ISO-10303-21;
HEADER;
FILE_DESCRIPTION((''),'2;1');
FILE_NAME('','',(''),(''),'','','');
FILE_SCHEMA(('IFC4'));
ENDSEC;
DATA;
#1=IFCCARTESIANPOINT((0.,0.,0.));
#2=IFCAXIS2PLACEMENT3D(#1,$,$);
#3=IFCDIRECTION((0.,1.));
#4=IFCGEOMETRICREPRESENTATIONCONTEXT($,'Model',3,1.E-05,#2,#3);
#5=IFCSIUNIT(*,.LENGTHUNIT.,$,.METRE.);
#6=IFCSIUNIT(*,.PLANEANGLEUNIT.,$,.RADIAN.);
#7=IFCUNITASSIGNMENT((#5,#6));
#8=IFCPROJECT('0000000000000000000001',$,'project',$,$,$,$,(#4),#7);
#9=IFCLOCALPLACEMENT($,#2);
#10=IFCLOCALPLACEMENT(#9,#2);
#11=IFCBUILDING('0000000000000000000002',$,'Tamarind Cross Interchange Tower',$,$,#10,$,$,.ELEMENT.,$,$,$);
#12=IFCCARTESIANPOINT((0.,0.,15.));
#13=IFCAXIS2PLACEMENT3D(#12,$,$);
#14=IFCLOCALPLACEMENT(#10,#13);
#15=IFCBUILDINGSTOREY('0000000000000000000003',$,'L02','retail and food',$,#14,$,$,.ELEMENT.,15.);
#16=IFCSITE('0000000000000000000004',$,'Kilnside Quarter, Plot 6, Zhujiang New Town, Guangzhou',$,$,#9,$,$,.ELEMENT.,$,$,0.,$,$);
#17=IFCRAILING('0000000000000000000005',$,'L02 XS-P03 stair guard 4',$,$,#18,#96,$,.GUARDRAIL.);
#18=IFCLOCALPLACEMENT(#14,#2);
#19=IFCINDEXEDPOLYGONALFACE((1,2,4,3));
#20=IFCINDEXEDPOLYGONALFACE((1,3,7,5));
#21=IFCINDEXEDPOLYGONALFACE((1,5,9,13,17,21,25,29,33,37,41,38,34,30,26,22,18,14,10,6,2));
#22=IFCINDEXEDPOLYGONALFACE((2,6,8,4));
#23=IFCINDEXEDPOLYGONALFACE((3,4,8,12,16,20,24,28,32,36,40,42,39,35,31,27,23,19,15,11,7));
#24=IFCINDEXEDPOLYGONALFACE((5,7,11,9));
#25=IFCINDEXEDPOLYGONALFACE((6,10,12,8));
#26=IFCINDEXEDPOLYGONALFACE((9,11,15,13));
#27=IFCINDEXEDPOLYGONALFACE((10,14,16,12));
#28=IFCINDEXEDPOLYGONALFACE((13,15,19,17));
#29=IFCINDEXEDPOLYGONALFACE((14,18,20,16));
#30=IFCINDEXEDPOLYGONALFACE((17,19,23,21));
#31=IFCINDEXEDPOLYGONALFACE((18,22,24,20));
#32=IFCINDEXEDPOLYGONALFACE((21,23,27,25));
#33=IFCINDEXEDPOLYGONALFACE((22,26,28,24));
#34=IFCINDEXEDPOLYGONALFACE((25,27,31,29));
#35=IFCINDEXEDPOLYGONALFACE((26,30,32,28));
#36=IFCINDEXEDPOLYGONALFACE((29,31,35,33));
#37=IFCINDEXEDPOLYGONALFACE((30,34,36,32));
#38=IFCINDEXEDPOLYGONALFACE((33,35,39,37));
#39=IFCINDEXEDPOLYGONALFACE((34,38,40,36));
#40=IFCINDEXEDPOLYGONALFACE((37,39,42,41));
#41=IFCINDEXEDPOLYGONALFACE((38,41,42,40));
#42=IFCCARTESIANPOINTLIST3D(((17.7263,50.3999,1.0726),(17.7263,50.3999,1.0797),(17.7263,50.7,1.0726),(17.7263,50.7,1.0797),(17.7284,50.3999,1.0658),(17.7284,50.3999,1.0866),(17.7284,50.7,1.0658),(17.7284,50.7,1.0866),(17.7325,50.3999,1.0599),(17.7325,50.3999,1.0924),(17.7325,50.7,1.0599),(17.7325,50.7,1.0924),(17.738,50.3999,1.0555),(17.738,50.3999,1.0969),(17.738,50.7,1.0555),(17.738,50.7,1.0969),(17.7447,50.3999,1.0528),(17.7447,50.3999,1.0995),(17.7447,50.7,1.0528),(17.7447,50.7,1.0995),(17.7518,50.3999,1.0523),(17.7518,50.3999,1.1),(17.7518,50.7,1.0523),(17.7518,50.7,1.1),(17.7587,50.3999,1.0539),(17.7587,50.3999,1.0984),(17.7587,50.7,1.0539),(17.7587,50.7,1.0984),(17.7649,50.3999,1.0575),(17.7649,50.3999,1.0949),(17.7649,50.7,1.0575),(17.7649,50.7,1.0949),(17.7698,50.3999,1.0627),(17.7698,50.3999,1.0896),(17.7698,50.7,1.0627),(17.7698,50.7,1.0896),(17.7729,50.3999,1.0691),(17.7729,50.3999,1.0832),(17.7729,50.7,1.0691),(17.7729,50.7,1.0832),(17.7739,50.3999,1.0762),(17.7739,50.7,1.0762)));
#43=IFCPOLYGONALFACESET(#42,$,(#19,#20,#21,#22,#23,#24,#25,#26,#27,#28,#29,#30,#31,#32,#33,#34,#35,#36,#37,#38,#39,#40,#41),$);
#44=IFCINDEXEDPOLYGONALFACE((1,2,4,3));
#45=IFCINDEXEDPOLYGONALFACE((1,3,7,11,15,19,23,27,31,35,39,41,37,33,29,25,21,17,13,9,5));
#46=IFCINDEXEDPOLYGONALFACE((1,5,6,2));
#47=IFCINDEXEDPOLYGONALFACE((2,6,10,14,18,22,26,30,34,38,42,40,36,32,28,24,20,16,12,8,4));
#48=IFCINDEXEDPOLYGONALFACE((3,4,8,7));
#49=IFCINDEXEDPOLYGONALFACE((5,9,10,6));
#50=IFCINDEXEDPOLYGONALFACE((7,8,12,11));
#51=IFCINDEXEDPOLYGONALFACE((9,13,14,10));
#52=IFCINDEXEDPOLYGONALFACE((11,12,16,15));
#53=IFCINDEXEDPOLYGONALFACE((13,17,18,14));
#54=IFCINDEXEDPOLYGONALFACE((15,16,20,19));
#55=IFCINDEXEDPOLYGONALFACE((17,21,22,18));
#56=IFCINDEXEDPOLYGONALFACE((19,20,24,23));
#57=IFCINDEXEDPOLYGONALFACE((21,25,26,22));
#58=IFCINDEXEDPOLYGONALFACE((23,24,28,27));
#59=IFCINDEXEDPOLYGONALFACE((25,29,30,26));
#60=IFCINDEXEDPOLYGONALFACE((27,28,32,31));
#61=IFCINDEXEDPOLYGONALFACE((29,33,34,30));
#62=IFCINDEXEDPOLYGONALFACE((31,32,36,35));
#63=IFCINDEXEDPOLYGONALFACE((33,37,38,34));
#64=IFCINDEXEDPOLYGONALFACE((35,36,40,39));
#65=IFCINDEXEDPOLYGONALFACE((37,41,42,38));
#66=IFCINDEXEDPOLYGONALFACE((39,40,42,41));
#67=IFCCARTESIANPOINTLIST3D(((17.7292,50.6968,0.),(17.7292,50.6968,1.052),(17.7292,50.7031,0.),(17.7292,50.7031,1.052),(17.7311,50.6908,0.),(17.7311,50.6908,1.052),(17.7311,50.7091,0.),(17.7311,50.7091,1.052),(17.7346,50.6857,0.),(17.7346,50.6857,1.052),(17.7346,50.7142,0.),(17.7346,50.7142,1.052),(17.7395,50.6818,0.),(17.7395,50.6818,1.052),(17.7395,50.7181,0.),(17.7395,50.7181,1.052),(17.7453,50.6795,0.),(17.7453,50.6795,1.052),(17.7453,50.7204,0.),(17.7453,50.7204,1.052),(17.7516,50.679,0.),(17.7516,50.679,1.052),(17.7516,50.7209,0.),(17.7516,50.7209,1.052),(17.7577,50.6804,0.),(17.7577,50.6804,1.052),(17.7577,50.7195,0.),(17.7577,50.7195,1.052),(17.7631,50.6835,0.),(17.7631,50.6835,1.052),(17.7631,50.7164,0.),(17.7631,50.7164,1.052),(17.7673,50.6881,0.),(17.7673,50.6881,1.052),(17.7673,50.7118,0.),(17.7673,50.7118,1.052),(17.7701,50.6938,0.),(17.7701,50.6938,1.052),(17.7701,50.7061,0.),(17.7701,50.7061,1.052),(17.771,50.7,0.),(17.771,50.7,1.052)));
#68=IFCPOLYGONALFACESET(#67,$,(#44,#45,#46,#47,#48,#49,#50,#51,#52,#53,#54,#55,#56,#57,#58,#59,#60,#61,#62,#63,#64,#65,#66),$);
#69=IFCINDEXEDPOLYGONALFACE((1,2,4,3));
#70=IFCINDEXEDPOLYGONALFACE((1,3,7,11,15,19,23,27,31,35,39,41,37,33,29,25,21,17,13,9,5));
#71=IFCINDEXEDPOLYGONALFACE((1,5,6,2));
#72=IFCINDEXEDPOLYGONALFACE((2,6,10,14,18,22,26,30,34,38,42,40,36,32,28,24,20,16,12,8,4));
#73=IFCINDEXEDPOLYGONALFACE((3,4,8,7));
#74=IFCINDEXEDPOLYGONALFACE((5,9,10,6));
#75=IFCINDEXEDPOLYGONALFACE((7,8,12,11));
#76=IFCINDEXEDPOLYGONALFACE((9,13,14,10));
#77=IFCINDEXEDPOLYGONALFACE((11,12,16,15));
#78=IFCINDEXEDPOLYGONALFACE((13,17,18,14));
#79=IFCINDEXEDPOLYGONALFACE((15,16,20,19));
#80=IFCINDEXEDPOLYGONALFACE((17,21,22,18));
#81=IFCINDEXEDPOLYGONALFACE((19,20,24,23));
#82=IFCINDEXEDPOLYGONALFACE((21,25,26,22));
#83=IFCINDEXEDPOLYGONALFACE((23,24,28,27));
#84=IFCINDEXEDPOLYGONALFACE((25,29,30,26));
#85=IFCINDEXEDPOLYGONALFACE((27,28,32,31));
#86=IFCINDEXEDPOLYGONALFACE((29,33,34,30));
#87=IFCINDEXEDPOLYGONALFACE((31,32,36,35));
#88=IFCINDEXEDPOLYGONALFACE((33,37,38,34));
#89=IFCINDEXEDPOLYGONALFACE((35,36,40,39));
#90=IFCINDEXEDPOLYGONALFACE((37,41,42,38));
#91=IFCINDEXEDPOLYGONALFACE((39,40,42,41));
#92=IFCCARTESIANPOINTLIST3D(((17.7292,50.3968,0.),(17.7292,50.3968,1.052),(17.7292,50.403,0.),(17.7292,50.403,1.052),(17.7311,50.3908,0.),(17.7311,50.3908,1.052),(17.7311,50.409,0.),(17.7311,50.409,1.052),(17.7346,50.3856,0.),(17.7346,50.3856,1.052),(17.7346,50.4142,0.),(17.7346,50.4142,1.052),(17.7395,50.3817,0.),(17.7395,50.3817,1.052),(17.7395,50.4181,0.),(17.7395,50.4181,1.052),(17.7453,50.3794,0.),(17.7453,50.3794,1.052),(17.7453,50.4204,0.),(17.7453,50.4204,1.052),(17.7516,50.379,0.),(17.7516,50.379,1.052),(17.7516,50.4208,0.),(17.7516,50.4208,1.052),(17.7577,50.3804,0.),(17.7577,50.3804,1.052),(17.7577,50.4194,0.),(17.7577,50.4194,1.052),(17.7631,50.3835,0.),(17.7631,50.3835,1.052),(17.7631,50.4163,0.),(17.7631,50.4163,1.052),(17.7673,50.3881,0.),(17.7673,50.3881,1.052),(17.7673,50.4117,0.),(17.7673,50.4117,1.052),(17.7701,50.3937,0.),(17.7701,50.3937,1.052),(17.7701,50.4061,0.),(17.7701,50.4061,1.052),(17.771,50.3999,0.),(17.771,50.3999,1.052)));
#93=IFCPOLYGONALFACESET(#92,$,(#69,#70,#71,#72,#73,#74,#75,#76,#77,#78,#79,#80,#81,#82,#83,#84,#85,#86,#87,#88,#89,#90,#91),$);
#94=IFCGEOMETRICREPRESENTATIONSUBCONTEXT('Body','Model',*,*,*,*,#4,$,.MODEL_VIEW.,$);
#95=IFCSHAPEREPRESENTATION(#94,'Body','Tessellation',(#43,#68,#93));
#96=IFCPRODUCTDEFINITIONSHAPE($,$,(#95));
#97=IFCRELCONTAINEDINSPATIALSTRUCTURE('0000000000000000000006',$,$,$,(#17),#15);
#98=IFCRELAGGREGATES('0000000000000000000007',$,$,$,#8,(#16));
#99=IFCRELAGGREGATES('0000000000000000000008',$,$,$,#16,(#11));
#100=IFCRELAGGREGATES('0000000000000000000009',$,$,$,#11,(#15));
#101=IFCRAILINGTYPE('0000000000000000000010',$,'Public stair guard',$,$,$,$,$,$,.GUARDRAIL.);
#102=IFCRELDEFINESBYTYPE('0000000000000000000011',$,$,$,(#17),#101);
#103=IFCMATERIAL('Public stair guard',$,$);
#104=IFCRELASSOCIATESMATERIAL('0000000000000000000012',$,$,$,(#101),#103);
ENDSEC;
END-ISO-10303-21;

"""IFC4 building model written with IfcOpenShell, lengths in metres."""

from ifc_helpers import new_model, si_unit, direction, frame, origin, origin_2d, place, context, subcontext, project, spatial, circle, extrude, material, type_object, element, save


model = new_model("IFC4")

# Units and contexts
model_context = context("Model", 3, precision=1e-05, world=origin(), true_north=direction((0.0, 1.0)))
body_context = subcontext(model_context, "Body", "Model", "MODEL_VIEW")
ifc_project = project(units=[si_unit("LENGTHUNIT", "METRE"), si_unit("PLANEANGLEUNIT", "RADIAN")], contexts=[model_context])

# Site, building, storey
site_placement = place(None, origin())
site = spatial("IfcSite", under=ifc_project, at=site_placement, Name="Kilnside Quarter, Plot 6, Zhujiang New Town, Guangzhou", CompositionType="ELEMENT", RefElevation=0.0)
building_placement = place(site_placement, origin())
building = spatial("IfcBuilding", under=site, at=building_placement, Name="Tamarind Cross Interchange Tower", CompositionType="ELEMENT")
storey_placement = place(building_placement, frame((0.0, 0.0, 15.0)))
storey = spatial("IfcBuildingStorey", under=building, at=storey_placement, Name="L02", Description="retail and food", CompositionType="ELEMENT", Elevation=15.0)

# Railing
ifc_material_1 = material(Name="Public stair guard")
railing_type_1 = type_object("IfcRailingType", Name="Public stair guard", PredefinedType="GUARDRAIL", material=ifc_material_1)
railing_1_placement = place(storey_placement, frame((17.75, 50.7, 0.0)))
element("IfcRailing", 1, at=railing_1_placement, inside=storey, type_object=railing_type_1, Name="L02 XS-P03 stair guard 4", PredefinedType="GUARDRAIL", context=body_context, shape_type="SweptSolid", body=[
    extrude(circle(Radius=0.0239, at=origin_2d()), frame((0.0, 0.0, 1.0762), z_axis=(0.0, -1.0, 0.0), x_axis=(1.0, 0.0, 0.0)), (0.0, 0.0, 1.0), 0.3),
    extrude(circle(Radius=0.021, at=origin_2d()), origin(), (0.0, 0.0, 1.0), 1.052),
    extrude(circle(Radius=0.021, at=origin_2d()), frame((0.0, -0.3, 0.0)), (0.0, 0.0, 1.0), 1.052),
])

save(model, "model.ifc")
